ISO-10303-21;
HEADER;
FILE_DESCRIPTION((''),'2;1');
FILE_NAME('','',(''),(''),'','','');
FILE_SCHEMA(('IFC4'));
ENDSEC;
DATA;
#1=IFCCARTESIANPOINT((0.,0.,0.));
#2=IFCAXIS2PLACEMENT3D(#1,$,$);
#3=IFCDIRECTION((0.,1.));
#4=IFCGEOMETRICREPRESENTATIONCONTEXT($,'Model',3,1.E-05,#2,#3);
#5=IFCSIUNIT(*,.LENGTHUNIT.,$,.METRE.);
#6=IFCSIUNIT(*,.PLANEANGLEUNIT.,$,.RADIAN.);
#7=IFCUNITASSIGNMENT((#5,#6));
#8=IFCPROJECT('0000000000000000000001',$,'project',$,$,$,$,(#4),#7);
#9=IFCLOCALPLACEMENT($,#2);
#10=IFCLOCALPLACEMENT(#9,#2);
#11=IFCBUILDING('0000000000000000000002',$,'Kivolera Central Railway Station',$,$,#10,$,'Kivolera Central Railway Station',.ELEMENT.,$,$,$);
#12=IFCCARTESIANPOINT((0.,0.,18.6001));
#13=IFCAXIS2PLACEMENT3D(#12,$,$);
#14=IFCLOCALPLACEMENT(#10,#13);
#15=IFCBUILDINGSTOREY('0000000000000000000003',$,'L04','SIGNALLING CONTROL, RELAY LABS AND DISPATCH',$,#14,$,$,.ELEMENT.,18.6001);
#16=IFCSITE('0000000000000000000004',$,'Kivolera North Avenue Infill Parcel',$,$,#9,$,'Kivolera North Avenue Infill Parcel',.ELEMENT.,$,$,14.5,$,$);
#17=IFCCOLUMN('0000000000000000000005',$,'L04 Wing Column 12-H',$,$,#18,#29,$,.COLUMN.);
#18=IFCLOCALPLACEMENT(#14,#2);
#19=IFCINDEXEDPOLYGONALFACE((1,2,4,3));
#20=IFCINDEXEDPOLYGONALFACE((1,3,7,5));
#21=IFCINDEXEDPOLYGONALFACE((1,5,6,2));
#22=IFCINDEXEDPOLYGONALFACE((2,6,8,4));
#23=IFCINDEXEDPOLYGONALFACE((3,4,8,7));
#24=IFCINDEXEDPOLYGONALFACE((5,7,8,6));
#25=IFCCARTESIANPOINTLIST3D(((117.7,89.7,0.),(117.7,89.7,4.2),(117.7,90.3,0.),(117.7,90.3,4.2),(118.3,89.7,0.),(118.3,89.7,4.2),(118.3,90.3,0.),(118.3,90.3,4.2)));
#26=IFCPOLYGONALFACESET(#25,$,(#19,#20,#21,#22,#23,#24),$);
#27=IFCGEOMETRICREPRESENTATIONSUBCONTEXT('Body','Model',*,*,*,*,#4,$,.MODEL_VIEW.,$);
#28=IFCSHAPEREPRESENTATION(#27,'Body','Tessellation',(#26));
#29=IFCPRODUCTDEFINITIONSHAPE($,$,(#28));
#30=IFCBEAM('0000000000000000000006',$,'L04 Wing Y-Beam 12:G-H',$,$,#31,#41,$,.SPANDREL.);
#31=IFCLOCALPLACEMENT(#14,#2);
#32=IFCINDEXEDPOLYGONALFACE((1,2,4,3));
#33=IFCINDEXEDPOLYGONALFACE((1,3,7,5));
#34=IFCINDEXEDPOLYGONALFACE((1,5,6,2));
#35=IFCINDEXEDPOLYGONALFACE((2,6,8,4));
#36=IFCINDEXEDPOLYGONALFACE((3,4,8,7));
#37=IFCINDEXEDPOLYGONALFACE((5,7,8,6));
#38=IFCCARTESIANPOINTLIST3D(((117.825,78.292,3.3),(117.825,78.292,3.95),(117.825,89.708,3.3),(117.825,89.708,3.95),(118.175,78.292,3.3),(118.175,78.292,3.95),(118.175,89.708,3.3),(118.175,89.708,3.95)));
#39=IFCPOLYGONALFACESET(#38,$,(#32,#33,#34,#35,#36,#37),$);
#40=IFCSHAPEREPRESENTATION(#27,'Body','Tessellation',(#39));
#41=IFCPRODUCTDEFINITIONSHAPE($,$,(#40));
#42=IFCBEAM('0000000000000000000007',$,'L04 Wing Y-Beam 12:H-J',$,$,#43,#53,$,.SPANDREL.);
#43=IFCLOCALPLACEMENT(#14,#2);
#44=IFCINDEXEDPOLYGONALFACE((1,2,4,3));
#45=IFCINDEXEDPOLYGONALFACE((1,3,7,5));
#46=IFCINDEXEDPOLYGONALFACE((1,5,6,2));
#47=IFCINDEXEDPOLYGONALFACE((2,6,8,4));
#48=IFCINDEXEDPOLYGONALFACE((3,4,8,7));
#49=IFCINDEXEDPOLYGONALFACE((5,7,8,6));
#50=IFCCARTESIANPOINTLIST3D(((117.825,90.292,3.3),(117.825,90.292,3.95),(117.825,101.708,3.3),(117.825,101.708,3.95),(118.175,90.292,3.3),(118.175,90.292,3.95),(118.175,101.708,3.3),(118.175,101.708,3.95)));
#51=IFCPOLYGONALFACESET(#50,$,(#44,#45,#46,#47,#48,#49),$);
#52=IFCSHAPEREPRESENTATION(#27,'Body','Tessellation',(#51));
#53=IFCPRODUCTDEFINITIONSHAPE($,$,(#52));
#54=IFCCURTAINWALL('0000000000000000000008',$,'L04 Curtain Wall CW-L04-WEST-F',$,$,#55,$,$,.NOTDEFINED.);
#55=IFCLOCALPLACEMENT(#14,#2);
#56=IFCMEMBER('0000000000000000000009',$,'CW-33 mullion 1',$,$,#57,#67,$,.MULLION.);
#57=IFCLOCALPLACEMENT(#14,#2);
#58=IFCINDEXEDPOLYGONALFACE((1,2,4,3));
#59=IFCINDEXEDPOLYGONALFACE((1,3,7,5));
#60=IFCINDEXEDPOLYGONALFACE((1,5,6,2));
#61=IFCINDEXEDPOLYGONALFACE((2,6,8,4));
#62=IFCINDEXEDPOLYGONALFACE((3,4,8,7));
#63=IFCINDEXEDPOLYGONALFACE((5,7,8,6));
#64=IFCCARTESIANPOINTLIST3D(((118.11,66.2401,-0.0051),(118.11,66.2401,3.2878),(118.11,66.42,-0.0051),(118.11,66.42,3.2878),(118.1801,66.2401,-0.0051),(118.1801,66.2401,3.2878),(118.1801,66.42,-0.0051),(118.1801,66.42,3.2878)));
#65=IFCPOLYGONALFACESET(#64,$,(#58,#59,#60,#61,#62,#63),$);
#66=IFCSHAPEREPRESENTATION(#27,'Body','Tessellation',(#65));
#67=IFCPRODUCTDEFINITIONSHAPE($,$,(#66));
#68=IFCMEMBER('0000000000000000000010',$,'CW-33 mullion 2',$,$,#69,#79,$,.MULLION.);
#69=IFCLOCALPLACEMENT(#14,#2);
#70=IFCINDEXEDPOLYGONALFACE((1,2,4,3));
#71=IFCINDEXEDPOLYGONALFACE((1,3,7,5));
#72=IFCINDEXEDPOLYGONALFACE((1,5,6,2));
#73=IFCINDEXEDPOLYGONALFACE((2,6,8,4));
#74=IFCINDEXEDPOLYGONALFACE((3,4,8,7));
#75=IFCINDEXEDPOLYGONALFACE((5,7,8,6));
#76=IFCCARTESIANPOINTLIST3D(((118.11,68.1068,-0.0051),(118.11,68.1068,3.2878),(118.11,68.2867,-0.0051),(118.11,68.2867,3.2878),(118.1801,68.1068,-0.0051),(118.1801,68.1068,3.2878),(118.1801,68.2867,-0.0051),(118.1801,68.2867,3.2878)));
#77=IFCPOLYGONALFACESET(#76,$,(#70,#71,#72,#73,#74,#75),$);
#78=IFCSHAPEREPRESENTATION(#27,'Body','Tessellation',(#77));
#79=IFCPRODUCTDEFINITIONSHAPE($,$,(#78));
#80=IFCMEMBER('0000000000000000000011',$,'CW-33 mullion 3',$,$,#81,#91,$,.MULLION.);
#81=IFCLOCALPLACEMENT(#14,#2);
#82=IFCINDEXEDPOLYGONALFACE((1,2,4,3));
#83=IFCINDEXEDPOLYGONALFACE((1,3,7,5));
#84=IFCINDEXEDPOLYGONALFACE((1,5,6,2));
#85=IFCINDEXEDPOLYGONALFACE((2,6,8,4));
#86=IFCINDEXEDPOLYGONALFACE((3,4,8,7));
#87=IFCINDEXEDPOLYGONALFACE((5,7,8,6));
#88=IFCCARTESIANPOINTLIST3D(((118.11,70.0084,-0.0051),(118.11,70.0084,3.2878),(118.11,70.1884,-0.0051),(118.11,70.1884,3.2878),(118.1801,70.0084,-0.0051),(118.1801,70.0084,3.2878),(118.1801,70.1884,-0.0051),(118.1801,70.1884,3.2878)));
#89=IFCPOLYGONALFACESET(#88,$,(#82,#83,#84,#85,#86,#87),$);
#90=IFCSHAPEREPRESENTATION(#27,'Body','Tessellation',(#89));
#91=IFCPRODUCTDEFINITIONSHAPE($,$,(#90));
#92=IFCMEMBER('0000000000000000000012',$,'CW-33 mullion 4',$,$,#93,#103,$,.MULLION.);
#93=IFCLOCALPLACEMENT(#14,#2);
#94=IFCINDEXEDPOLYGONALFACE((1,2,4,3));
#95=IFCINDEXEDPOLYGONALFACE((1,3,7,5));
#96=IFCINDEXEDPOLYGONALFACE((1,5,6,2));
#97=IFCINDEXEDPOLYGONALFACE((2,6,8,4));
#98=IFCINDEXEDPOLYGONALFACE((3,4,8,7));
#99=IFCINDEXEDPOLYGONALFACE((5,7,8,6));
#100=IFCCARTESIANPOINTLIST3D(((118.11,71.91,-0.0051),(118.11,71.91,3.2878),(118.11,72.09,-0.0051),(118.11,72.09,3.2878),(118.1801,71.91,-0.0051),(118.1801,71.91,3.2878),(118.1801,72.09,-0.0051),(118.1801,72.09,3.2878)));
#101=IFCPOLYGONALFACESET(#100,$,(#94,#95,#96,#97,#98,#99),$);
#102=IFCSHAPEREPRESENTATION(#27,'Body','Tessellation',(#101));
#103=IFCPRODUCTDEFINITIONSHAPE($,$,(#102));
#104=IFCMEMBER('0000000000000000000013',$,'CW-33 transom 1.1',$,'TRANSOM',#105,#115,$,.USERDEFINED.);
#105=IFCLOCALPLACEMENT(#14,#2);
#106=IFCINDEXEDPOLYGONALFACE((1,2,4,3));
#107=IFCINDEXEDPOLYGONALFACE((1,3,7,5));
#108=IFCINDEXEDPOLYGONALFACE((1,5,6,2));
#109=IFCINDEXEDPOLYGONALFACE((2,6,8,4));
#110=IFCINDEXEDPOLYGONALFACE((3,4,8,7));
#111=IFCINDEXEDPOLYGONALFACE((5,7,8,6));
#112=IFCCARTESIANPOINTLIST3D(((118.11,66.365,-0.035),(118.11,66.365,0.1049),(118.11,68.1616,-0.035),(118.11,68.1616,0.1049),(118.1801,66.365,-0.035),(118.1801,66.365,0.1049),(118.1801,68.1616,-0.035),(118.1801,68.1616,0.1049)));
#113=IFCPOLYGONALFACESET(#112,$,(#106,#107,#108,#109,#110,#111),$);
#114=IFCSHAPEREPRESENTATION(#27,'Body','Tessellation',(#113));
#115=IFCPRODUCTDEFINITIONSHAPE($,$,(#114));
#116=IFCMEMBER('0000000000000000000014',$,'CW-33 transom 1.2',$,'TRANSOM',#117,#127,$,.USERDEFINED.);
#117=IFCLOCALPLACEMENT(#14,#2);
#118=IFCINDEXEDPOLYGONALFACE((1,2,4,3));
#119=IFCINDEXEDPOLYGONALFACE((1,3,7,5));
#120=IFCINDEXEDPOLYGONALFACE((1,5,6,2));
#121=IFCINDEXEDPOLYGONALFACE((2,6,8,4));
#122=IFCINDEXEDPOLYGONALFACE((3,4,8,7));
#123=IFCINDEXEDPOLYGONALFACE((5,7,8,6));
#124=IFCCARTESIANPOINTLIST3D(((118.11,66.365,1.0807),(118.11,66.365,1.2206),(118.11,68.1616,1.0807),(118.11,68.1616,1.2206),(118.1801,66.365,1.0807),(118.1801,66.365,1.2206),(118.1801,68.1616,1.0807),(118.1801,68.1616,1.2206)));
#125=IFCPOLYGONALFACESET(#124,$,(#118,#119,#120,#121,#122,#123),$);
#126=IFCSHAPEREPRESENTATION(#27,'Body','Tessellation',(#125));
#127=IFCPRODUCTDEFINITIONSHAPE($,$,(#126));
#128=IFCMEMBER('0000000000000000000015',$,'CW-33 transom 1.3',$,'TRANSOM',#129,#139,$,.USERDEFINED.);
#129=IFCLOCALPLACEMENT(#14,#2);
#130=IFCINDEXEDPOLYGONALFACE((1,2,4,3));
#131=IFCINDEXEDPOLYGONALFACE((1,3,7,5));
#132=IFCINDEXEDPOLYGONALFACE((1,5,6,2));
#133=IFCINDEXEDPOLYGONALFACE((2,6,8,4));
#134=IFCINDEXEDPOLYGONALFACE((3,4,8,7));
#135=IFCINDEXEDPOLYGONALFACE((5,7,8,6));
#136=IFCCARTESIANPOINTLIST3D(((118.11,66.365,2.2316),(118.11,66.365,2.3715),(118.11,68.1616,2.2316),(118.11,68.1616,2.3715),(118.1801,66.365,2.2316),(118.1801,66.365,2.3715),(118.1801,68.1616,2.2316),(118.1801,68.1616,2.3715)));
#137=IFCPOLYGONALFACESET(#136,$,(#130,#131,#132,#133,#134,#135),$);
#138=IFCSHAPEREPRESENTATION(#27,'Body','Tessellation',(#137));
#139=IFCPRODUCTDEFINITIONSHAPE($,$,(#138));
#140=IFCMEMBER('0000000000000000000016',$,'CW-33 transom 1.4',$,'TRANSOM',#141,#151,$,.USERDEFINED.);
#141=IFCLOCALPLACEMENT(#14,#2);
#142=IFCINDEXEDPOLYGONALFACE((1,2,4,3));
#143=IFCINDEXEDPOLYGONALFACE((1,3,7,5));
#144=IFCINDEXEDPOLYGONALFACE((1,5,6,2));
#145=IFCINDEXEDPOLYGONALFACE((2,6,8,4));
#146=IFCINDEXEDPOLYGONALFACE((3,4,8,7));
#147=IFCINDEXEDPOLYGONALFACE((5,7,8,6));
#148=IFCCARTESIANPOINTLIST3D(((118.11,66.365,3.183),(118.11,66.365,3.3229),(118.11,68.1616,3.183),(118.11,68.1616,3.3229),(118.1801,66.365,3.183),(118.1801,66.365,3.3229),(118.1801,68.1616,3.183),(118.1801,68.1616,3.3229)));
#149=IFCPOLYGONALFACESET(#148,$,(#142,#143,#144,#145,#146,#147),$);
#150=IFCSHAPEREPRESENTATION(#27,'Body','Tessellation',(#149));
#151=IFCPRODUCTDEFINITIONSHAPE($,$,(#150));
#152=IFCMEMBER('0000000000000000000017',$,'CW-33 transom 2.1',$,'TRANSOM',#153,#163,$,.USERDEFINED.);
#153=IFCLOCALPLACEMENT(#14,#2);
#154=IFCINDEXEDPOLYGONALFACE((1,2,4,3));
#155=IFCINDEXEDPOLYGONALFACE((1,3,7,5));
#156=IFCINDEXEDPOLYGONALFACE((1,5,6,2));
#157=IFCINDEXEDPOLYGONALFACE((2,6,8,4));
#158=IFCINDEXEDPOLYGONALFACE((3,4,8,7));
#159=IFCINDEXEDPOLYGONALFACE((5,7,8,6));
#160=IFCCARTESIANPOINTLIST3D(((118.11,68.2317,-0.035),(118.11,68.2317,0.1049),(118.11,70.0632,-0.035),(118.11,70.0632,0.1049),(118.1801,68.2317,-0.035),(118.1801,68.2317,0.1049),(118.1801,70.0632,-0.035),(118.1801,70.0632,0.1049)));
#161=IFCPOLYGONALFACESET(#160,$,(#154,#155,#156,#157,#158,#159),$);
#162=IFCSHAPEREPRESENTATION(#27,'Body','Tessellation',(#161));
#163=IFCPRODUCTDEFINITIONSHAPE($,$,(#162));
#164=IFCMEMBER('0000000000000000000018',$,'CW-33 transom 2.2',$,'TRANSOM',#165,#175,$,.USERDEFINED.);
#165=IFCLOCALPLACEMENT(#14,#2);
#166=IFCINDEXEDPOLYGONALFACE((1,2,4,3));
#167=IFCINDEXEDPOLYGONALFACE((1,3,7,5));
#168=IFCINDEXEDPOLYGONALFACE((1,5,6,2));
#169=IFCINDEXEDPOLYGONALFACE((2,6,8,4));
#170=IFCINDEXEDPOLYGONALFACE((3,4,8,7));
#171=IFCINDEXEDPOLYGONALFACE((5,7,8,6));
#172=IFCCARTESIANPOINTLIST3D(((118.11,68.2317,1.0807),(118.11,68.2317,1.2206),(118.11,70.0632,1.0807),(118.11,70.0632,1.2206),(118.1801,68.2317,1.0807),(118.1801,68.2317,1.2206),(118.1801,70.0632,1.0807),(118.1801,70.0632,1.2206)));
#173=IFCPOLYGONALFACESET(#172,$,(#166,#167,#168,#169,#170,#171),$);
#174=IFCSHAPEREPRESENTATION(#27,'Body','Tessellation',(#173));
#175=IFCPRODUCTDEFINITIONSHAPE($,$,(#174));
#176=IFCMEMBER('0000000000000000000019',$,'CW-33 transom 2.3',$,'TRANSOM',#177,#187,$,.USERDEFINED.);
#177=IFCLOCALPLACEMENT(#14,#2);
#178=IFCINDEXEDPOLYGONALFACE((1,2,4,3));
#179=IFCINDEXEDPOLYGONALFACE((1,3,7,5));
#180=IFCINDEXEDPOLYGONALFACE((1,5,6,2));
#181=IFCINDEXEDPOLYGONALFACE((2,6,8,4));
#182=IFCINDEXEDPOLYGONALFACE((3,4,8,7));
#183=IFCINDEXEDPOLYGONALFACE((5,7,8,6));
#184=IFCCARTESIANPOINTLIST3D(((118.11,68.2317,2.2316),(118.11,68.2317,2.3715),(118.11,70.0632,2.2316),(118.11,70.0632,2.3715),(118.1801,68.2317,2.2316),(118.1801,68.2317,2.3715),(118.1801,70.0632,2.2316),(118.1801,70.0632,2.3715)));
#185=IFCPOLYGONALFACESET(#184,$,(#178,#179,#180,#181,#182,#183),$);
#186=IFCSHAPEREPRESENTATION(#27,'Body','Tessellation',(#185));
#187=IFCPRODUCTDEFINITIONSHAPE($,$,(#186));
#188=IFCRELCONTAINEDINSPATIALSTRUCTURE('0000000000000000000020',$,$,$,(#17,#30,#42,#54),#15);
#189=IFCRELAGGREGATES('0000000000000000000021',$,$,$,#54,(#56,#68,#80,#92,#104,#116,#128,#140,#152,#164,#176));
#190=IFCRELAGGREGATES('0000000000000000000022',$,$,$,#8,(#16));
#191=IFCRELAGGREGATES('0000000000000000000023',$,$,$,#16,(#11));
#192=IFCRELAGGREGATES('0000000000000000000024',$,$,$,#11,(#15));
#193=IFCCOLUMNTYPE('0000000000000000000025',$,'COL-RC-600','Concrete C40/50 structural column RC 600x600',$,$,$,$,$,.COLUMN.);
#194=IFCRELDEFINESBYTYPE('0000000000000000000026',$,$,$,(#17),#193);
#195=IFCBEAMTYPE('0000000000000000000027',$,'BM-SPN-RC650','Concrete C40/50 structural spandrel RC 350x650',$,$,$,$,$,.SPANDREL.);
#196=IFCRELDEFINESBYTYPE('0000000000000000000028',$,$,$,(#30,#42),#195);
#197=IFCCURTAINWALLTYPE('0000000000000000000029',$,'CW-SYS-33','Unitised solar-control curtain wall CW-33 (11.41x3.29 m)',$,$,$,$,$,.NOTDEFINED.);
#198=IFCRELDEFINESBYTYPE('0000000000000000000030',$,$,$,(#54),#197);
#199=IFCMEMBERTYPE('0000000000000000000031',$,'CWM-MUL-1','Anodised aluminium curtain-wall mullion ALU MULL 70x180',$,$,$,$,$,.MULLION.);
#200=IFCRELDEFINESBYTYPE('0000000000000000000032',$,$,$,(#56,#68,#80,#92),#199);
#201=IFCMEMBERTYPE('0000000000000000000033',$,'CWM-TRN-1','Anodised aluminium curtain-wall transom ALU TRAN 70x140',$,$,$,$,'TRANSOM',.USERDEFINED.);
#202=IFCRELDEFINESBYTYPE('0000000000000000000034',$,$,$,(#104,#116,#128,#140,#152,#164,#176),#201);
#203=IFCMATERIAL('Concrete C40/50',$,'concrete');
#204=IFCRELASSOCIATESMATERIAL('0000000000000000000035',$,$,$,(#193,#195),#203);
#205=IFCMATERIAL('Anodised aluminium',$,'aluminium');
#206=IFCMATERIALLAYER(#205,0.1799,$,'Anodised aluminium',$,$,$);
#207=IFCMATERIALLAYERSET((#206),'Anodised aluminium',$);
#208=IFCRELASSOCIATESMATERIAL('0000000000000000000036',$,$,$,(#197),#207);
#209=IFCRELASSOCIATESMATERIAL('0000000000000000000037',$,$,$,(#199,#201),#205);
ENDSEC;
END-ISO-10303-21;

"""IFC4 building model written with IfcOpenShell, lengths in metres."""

from ifc_helpers import new_model, si_unit, direction, frame, origin, origin_2d, place, context, subcontext, project, spatial, rectangle, extrude, material, layer, layer_set, material_profile, profile_set, type_object, element, aggregate, save


model = new_model("IFC4")

# Units and contexts
model_context = context("Model", 3, precision=1e-05, world=origin(), true_north=direction((0.0, 1.0)))
body_context = subcontext(model_context, "Body", "Model", "MODEL_VIEW")
ifc_project = project(units=[si_unit("LENGTHUNIT", "METRE"), si_unit("PLANEANGLEUNIT", "RADIAN")], contexts=[model_context])

# Site, building, storey
site_placement = place(None, origin())
site = spatial("IfcSite", under=ifc_project, at=site_placement, Name="Kivolera North Avenue Infill Parcel", LongName="Kivolera North Avenue Infill Parcel", CompositionType="ELEMENT", RefElevation=14.5)
building_placement = place(site_placement, origin())
building = spatial("IfcBuilding", under=site, at=building_placement, Name="Kivolera Central Railway Station", LongName="Kivolera Central Railway Station", CompositionType="ELEMENT")
storey_placement = place(building_placement, frame((0.0, 0.0, 18.6001)))
storey = spatial("IfcBuildingStorey", under=building, at=storey_placement, Name="L04", Description="SIGNALLING CONTROL, RELAY LABS AND DISPATCH", CompositionType="ELEMENT", Elevation=18.6001)

# Column
ifc_material_1 = material(Name="Concrete C40/50", Category="concrete")
ifc_material_profile_1 = material_profile(ifc_material_1, rectangle(XDim=0.6001, YDim=0.6001, at=origin_2d()), Name="RC 600x600")
ifc_profile_set_1 = profile_set([ifc_material_profile_1], Name="Concrete C40/50")
column_type = type_object("IfcColumnType", Name="COL-RC-600", Description="Concrete C40/50 structural column RC 600x600", PredefinedType="COLUMN", material=ifc_profile_set_1)
column_placement = place(storey_placement, frame((118.0, 90.0, 0.0), z_axis=(0.0, 0.0, 1.0), x_axis=(1.0, 0.0, 0.0)))
element("IfcColumn", 1, at=column_placement, inside=storey, type_object=column_type, Name="L04 Wing Column 12-H", PredefinedType="COLUMN", context=body_context, shape_type="SweptSolid", body=[
    extrude(rectangle(XDim=0.6001, YDim=0.6001, at=origin_2d()), origin(), (0.0, 0.0, 1.0), 4.2),
])

# Beams
ifc_material_profile_2 = material_profile(ifc_material_1, rectangle(XDim=0.3501, YDim=0.6499, at=origin_2d()), Name="RC 350x650")
ifc_profile_set_2 = profile_set([ifc_material_profile_2], Name="Concrete C40/50")
beam_type = type_object("IfcBeamType", Name="BM-SPN-RC650", Description="Concrete C40/50 structural spandrel RC 350x650", PredefinedType="SPANDREL", material=ifc_profile_set_2)
for number, where, z_axis, x_axis, name in (
    (2, (118.0, 78.292, 3.625), (0.0, 1.0, 0.0), (-1.0, 0.0, 0.0), "L04 Wing Y-Beam 12:G-H"),
    (3, (118.0, 90.292, 3.625), (0.0, 1.0, 0.0), (-1.0, 0.0, 0.0), "L04 Wing Y-Beam 12:H-J"),
):
    element("IfcBeam", number, at=place(storey_placement, frame(where, z_axis=z_axis, x_axis=x_axis)), inside=storey, type_object=beam_type, Name=name, PredefinedType="SPANDREL", context=body_context, shape_type="SweptSolid", body=[
        extrude(rectangle(XDim=0.3501, YDim=0.6499, at=origin_2d()), origin(), (0.0, 0.0, 1.0), 11.416),
    ])

# Curtain wall, members
ifc_material_2 = material(Name="Anodised aluminium", Category="aluminium")
ifc_layer_1 = layer(ifc_material_2, 0.1799, Name="Anodised aluminium")
ifc_layer_set_1 = layer_set([ifc_layer_1], Name="Anodised aluminium")
curtain_wall_type = type_object("IfcCurtainWallType", Name="CW-SYS-33", Description="Unitised solar-control curtain wall CW-33 (11.41x3.29 m)", PredefinedType="NOTDEFINED", material=ifc_layer_set_1)
curtain_wall_placement = place(storey_placement, origin())
curtain_wall = element("IfcCurtainWall", 4, at=curtain_wall_placement, inside=storey, type_object=curtain_wall_type, Name="L04 Curtain Wall CW-L04-WEST-F", PredefinedType="NOTDEFINED")
ifc_material_profile_3 = material_profile(ifc_material_2, rectangle(XDim=0.0701, YDim=0.1799, at=origin_2d()), Name="ALU MULL 70x180")
ifc_profile_set_3 = profile_set([ifc_material_profile_3], Name="Anodised aluminium")
member_type_1 = type_object("IfcMemberType", Name="CWM-MUL-1", Description="Anodised aluminium curtain-wall mullion ALU MULL 70x180", PredefinedType="MULLION", material=ifc_profile_set_3)
member_1_placement = place(storey_placement, frame((118.145, 66.3301, -0.0051), z_axis=(0.0, 0.0, 1.0), x_axis=(-1.0, 0.0, 0.0)))
member_1 = element("IfcMember", 5, at=member_1_placement, type_object=member_type_1, Name="CW-33 mullion 1", PredefinedType="MULLION", context=body_context, shape_type="SweptSolid", body=[
    extrude(rectangle(XDim=0.0701, YDim=0.1799, at=origin_2d()), origin(), (0.0, 0.0, 1.0), 3.293),
])
member_2_placement = place(storey_placement, frame((118.145, 68.1968, -0.0051), z_axis=(0.0, 0.0, 1.0), x_axis=(-1.0, 0.0, 0.0)))
member_2 = element("IfcMember", 6, at=member_2_placement, type_object=member_type_1, Name="CW-33 mullion 2", PredefinedType="MULLION", context=body_context, shape_type="SweptSolid", body=[
    extrude(rectangle(XDim=0.0701, YDim=0.1799, at=origin_2d()), origin(), (0.0, 0.0, 1.0), 3.293),
])
member_3_placement = place(storey_placement, frame((118.145, 70.0984, -0.0051), z_axis=(0.0, 0.0, 1.0), x_axis=(-1.0, 0.0, 0.0)))
member_3 = element("IfcMember", 7, at=member_3_placement, type_object=member_type_1, Name="CW-33 mullion 3", PredefinedType="MULLION", context=body_context, shape_type="SweptSolid", body=[
    extrude(rectangle(XDim=0.0701, YDim=0.1799, at=origin_2d()), origin(), (0.0, 0.0, 1.0), 3.293),
])
member_4_placement = place(storey_placement, frame((118.145, 72.0, -0.0051), z_axis=(0.0, 0.0, 1.0), x_axis=(-1.0, 0.0, 0.0)))
member_4 = element("IfcMember", 8, at=member_4_placement, type_object=member_type_1, Name="CW-33 mullion 4", PredefinedType="MULLION", context=body_context, shape_type="SweptSolid", body=[
    extrude(rectangle(XDim=0.0701, YDim=0.1799, at=origin_2d()), origin(), (0.0, 0.0, 1.0), 3.293),
])
ifc_material_profile_4 = material_profile(ifc_material_2, rectangle(XDim=0.0701, YDim=0.1399, at=origin_2d()), Name="ALU TRAN 70x140")
ifc_profile_set_4 = profile_set([ifc_material_profile_4], Name="Anodised aluminium")
member_type_2 = type_object("IfcMemberType", Name="CWM-TRN-1", Description="Anodised aluminium curtain-wall transom ALU TRAN 70x140", ElementType="TRANSOM", PredefinedType="USERDEFINED", material=ifc_profile_set_4)
member_5_placement = place(storey_placement, frame((118.145, 66.365, 0.0349), z_axis=(0.0, 1.0, 0.0), x_axis=(-1.0, 0.0, 0.0)))
member_5 = element("IfcMember", 9, at=member_5_placement, type_object=member_type_2, Name="CW-33 transom 1.1", ObjectType="TRANSOM", PredefinedType="USERDEFINED", context=body_context, shape_type="SweptSolid", body=[
    extrude(rectangle(XDim=0.0701, YDim=0.1399, at=origin_2d()), origin(), (0.0, 0.0, 1.0), 1.7966),
])
member_6_placement = place(storey_placement, frame((118.145, 66.365, 1.1506), z_axis=(0.0, 1.0, 0.0), x_axis=(-1.0, 0.0, 0.0)))
member_6 = element("IfcMember", 10, at=member_6_placement, type_object=member_type_2, Name="CW-33 transom 1.2", ObjectType="TRANSOM", PredefinedType="USERDEFINED", context=body_context, shape_type="SweptSolid", body=[
    extrude(rectangle(XDim=0.0701, YDim=0.1399, at=origin_2d()), origin(), (0.0, 0.0, 1.0), 1.7966),
])
member_7_placement = place(storey_placement, frame((118.145, 66.365, 2.3015), z_axis=(0.0, 1.0, 0.0), x_axis=(-1.0, 0.0, 0.0)))
member_7 = element("IfcMember", 11, at=member_7_placement, type_object=member_type_2, Name="CW-33 transom 1.3", ObjectType="TRANSOM", PredefinedType="USERDEFINED", context=body_context, shape_type="SweptSolid", body=[
    extrude(rectangle(XDim=0.0701, YDim=0.1399, at=origin_2d()), origin(), (0.0, 0.0, 1.0), 1.7966),
])
member_8_placement = place(storey_placement, frame((118.145, 66.365, 3.2529), z_axis=(0.0, 1.0, 0.0), x_axis=(-1.0, 0.0, 0.0)))
member_8 = element("IfcMember", 12, at=member_8_placement, type_object=member_type_2, Name="CW-33 transom 1.4", ObjectType="TRANSOM", PredefinedType="USERDEFINED", context=body_context, shape_type="SweptSolid", body=[
    extrude(rectangle(XDim=0.0701, YDim=0.1399, at=origin_2d()), origin(), (0.0, 0.0, 1.0), 1.7966),
])
member_9_placement = place(storey_placement, frame((118.145, 68.2317, 0.0349), z_axis=(0.0, 1.0, 0.0), x_axis=(-1.0, 0.0, 0.0)))
member_9 = element("IfcMember", 13, at=member_9_placement, type_object=member_type_2, Name="CW-33 transom 2.1", ObjectType="TRANSOM", PredefinedType="USERDEFINED", context=body_context, shape_type="SweptSolid", body=[
    extrude(rectangle(XDim=0.0701, YDim=0.1399, at=origin_2d()), origin(), (0.0, 0.0, 1.0), 1.8315),
])
member_10_placement = place(storey_placement, frame((118.145, 68.2317, 1.1506), z_axis=(0.0, 1.0, 0.0), x_axis=(-1.0, 0.0, 0.0)))
member_10 = element("IfcMember", 14, at=member_10_placement, type_object=member_type_2, Name="CW-33 transom 2.2", ObjectType="TRANSOM", PredefinedType="USERDEFINED", context=body_context, shape_type="SweptSolid", body=[
    extrude(rectangle(XDim=0.0701, YDim=0.1399, at=origin_2d()), origin(), (0.0, 0.0, 1.0), 1.8315),
])
member_11_placement = place(storey_placement, frame((118.145, 68.2317, 2.3015), z_axis=(0.0, 1.0, 0.0), x_axis=(-1.0, 0.0, 0.0)))
member_11 = element("IfcMember", 15, at=member_11_placement, type_object=member_type_2, Name="CW-33 transom 2.3", ObjectType="TRANSOM", PredefinedType="USERDEFINED", context=body_context, shape_type="SweptSolid", body=[
    extrude(rectangle(XDim=0.0701, YDim=0.1399, at=origin_2d()), origin(), (0.0, 0.0, 1.0), 1.8315),
])
aggregate(curtain_wall, [member_1, member_2, member_3, member_4, member_5, member_6, member_7, member_8, member_9, member_10, member_11])

save(model, "model.ifc")
